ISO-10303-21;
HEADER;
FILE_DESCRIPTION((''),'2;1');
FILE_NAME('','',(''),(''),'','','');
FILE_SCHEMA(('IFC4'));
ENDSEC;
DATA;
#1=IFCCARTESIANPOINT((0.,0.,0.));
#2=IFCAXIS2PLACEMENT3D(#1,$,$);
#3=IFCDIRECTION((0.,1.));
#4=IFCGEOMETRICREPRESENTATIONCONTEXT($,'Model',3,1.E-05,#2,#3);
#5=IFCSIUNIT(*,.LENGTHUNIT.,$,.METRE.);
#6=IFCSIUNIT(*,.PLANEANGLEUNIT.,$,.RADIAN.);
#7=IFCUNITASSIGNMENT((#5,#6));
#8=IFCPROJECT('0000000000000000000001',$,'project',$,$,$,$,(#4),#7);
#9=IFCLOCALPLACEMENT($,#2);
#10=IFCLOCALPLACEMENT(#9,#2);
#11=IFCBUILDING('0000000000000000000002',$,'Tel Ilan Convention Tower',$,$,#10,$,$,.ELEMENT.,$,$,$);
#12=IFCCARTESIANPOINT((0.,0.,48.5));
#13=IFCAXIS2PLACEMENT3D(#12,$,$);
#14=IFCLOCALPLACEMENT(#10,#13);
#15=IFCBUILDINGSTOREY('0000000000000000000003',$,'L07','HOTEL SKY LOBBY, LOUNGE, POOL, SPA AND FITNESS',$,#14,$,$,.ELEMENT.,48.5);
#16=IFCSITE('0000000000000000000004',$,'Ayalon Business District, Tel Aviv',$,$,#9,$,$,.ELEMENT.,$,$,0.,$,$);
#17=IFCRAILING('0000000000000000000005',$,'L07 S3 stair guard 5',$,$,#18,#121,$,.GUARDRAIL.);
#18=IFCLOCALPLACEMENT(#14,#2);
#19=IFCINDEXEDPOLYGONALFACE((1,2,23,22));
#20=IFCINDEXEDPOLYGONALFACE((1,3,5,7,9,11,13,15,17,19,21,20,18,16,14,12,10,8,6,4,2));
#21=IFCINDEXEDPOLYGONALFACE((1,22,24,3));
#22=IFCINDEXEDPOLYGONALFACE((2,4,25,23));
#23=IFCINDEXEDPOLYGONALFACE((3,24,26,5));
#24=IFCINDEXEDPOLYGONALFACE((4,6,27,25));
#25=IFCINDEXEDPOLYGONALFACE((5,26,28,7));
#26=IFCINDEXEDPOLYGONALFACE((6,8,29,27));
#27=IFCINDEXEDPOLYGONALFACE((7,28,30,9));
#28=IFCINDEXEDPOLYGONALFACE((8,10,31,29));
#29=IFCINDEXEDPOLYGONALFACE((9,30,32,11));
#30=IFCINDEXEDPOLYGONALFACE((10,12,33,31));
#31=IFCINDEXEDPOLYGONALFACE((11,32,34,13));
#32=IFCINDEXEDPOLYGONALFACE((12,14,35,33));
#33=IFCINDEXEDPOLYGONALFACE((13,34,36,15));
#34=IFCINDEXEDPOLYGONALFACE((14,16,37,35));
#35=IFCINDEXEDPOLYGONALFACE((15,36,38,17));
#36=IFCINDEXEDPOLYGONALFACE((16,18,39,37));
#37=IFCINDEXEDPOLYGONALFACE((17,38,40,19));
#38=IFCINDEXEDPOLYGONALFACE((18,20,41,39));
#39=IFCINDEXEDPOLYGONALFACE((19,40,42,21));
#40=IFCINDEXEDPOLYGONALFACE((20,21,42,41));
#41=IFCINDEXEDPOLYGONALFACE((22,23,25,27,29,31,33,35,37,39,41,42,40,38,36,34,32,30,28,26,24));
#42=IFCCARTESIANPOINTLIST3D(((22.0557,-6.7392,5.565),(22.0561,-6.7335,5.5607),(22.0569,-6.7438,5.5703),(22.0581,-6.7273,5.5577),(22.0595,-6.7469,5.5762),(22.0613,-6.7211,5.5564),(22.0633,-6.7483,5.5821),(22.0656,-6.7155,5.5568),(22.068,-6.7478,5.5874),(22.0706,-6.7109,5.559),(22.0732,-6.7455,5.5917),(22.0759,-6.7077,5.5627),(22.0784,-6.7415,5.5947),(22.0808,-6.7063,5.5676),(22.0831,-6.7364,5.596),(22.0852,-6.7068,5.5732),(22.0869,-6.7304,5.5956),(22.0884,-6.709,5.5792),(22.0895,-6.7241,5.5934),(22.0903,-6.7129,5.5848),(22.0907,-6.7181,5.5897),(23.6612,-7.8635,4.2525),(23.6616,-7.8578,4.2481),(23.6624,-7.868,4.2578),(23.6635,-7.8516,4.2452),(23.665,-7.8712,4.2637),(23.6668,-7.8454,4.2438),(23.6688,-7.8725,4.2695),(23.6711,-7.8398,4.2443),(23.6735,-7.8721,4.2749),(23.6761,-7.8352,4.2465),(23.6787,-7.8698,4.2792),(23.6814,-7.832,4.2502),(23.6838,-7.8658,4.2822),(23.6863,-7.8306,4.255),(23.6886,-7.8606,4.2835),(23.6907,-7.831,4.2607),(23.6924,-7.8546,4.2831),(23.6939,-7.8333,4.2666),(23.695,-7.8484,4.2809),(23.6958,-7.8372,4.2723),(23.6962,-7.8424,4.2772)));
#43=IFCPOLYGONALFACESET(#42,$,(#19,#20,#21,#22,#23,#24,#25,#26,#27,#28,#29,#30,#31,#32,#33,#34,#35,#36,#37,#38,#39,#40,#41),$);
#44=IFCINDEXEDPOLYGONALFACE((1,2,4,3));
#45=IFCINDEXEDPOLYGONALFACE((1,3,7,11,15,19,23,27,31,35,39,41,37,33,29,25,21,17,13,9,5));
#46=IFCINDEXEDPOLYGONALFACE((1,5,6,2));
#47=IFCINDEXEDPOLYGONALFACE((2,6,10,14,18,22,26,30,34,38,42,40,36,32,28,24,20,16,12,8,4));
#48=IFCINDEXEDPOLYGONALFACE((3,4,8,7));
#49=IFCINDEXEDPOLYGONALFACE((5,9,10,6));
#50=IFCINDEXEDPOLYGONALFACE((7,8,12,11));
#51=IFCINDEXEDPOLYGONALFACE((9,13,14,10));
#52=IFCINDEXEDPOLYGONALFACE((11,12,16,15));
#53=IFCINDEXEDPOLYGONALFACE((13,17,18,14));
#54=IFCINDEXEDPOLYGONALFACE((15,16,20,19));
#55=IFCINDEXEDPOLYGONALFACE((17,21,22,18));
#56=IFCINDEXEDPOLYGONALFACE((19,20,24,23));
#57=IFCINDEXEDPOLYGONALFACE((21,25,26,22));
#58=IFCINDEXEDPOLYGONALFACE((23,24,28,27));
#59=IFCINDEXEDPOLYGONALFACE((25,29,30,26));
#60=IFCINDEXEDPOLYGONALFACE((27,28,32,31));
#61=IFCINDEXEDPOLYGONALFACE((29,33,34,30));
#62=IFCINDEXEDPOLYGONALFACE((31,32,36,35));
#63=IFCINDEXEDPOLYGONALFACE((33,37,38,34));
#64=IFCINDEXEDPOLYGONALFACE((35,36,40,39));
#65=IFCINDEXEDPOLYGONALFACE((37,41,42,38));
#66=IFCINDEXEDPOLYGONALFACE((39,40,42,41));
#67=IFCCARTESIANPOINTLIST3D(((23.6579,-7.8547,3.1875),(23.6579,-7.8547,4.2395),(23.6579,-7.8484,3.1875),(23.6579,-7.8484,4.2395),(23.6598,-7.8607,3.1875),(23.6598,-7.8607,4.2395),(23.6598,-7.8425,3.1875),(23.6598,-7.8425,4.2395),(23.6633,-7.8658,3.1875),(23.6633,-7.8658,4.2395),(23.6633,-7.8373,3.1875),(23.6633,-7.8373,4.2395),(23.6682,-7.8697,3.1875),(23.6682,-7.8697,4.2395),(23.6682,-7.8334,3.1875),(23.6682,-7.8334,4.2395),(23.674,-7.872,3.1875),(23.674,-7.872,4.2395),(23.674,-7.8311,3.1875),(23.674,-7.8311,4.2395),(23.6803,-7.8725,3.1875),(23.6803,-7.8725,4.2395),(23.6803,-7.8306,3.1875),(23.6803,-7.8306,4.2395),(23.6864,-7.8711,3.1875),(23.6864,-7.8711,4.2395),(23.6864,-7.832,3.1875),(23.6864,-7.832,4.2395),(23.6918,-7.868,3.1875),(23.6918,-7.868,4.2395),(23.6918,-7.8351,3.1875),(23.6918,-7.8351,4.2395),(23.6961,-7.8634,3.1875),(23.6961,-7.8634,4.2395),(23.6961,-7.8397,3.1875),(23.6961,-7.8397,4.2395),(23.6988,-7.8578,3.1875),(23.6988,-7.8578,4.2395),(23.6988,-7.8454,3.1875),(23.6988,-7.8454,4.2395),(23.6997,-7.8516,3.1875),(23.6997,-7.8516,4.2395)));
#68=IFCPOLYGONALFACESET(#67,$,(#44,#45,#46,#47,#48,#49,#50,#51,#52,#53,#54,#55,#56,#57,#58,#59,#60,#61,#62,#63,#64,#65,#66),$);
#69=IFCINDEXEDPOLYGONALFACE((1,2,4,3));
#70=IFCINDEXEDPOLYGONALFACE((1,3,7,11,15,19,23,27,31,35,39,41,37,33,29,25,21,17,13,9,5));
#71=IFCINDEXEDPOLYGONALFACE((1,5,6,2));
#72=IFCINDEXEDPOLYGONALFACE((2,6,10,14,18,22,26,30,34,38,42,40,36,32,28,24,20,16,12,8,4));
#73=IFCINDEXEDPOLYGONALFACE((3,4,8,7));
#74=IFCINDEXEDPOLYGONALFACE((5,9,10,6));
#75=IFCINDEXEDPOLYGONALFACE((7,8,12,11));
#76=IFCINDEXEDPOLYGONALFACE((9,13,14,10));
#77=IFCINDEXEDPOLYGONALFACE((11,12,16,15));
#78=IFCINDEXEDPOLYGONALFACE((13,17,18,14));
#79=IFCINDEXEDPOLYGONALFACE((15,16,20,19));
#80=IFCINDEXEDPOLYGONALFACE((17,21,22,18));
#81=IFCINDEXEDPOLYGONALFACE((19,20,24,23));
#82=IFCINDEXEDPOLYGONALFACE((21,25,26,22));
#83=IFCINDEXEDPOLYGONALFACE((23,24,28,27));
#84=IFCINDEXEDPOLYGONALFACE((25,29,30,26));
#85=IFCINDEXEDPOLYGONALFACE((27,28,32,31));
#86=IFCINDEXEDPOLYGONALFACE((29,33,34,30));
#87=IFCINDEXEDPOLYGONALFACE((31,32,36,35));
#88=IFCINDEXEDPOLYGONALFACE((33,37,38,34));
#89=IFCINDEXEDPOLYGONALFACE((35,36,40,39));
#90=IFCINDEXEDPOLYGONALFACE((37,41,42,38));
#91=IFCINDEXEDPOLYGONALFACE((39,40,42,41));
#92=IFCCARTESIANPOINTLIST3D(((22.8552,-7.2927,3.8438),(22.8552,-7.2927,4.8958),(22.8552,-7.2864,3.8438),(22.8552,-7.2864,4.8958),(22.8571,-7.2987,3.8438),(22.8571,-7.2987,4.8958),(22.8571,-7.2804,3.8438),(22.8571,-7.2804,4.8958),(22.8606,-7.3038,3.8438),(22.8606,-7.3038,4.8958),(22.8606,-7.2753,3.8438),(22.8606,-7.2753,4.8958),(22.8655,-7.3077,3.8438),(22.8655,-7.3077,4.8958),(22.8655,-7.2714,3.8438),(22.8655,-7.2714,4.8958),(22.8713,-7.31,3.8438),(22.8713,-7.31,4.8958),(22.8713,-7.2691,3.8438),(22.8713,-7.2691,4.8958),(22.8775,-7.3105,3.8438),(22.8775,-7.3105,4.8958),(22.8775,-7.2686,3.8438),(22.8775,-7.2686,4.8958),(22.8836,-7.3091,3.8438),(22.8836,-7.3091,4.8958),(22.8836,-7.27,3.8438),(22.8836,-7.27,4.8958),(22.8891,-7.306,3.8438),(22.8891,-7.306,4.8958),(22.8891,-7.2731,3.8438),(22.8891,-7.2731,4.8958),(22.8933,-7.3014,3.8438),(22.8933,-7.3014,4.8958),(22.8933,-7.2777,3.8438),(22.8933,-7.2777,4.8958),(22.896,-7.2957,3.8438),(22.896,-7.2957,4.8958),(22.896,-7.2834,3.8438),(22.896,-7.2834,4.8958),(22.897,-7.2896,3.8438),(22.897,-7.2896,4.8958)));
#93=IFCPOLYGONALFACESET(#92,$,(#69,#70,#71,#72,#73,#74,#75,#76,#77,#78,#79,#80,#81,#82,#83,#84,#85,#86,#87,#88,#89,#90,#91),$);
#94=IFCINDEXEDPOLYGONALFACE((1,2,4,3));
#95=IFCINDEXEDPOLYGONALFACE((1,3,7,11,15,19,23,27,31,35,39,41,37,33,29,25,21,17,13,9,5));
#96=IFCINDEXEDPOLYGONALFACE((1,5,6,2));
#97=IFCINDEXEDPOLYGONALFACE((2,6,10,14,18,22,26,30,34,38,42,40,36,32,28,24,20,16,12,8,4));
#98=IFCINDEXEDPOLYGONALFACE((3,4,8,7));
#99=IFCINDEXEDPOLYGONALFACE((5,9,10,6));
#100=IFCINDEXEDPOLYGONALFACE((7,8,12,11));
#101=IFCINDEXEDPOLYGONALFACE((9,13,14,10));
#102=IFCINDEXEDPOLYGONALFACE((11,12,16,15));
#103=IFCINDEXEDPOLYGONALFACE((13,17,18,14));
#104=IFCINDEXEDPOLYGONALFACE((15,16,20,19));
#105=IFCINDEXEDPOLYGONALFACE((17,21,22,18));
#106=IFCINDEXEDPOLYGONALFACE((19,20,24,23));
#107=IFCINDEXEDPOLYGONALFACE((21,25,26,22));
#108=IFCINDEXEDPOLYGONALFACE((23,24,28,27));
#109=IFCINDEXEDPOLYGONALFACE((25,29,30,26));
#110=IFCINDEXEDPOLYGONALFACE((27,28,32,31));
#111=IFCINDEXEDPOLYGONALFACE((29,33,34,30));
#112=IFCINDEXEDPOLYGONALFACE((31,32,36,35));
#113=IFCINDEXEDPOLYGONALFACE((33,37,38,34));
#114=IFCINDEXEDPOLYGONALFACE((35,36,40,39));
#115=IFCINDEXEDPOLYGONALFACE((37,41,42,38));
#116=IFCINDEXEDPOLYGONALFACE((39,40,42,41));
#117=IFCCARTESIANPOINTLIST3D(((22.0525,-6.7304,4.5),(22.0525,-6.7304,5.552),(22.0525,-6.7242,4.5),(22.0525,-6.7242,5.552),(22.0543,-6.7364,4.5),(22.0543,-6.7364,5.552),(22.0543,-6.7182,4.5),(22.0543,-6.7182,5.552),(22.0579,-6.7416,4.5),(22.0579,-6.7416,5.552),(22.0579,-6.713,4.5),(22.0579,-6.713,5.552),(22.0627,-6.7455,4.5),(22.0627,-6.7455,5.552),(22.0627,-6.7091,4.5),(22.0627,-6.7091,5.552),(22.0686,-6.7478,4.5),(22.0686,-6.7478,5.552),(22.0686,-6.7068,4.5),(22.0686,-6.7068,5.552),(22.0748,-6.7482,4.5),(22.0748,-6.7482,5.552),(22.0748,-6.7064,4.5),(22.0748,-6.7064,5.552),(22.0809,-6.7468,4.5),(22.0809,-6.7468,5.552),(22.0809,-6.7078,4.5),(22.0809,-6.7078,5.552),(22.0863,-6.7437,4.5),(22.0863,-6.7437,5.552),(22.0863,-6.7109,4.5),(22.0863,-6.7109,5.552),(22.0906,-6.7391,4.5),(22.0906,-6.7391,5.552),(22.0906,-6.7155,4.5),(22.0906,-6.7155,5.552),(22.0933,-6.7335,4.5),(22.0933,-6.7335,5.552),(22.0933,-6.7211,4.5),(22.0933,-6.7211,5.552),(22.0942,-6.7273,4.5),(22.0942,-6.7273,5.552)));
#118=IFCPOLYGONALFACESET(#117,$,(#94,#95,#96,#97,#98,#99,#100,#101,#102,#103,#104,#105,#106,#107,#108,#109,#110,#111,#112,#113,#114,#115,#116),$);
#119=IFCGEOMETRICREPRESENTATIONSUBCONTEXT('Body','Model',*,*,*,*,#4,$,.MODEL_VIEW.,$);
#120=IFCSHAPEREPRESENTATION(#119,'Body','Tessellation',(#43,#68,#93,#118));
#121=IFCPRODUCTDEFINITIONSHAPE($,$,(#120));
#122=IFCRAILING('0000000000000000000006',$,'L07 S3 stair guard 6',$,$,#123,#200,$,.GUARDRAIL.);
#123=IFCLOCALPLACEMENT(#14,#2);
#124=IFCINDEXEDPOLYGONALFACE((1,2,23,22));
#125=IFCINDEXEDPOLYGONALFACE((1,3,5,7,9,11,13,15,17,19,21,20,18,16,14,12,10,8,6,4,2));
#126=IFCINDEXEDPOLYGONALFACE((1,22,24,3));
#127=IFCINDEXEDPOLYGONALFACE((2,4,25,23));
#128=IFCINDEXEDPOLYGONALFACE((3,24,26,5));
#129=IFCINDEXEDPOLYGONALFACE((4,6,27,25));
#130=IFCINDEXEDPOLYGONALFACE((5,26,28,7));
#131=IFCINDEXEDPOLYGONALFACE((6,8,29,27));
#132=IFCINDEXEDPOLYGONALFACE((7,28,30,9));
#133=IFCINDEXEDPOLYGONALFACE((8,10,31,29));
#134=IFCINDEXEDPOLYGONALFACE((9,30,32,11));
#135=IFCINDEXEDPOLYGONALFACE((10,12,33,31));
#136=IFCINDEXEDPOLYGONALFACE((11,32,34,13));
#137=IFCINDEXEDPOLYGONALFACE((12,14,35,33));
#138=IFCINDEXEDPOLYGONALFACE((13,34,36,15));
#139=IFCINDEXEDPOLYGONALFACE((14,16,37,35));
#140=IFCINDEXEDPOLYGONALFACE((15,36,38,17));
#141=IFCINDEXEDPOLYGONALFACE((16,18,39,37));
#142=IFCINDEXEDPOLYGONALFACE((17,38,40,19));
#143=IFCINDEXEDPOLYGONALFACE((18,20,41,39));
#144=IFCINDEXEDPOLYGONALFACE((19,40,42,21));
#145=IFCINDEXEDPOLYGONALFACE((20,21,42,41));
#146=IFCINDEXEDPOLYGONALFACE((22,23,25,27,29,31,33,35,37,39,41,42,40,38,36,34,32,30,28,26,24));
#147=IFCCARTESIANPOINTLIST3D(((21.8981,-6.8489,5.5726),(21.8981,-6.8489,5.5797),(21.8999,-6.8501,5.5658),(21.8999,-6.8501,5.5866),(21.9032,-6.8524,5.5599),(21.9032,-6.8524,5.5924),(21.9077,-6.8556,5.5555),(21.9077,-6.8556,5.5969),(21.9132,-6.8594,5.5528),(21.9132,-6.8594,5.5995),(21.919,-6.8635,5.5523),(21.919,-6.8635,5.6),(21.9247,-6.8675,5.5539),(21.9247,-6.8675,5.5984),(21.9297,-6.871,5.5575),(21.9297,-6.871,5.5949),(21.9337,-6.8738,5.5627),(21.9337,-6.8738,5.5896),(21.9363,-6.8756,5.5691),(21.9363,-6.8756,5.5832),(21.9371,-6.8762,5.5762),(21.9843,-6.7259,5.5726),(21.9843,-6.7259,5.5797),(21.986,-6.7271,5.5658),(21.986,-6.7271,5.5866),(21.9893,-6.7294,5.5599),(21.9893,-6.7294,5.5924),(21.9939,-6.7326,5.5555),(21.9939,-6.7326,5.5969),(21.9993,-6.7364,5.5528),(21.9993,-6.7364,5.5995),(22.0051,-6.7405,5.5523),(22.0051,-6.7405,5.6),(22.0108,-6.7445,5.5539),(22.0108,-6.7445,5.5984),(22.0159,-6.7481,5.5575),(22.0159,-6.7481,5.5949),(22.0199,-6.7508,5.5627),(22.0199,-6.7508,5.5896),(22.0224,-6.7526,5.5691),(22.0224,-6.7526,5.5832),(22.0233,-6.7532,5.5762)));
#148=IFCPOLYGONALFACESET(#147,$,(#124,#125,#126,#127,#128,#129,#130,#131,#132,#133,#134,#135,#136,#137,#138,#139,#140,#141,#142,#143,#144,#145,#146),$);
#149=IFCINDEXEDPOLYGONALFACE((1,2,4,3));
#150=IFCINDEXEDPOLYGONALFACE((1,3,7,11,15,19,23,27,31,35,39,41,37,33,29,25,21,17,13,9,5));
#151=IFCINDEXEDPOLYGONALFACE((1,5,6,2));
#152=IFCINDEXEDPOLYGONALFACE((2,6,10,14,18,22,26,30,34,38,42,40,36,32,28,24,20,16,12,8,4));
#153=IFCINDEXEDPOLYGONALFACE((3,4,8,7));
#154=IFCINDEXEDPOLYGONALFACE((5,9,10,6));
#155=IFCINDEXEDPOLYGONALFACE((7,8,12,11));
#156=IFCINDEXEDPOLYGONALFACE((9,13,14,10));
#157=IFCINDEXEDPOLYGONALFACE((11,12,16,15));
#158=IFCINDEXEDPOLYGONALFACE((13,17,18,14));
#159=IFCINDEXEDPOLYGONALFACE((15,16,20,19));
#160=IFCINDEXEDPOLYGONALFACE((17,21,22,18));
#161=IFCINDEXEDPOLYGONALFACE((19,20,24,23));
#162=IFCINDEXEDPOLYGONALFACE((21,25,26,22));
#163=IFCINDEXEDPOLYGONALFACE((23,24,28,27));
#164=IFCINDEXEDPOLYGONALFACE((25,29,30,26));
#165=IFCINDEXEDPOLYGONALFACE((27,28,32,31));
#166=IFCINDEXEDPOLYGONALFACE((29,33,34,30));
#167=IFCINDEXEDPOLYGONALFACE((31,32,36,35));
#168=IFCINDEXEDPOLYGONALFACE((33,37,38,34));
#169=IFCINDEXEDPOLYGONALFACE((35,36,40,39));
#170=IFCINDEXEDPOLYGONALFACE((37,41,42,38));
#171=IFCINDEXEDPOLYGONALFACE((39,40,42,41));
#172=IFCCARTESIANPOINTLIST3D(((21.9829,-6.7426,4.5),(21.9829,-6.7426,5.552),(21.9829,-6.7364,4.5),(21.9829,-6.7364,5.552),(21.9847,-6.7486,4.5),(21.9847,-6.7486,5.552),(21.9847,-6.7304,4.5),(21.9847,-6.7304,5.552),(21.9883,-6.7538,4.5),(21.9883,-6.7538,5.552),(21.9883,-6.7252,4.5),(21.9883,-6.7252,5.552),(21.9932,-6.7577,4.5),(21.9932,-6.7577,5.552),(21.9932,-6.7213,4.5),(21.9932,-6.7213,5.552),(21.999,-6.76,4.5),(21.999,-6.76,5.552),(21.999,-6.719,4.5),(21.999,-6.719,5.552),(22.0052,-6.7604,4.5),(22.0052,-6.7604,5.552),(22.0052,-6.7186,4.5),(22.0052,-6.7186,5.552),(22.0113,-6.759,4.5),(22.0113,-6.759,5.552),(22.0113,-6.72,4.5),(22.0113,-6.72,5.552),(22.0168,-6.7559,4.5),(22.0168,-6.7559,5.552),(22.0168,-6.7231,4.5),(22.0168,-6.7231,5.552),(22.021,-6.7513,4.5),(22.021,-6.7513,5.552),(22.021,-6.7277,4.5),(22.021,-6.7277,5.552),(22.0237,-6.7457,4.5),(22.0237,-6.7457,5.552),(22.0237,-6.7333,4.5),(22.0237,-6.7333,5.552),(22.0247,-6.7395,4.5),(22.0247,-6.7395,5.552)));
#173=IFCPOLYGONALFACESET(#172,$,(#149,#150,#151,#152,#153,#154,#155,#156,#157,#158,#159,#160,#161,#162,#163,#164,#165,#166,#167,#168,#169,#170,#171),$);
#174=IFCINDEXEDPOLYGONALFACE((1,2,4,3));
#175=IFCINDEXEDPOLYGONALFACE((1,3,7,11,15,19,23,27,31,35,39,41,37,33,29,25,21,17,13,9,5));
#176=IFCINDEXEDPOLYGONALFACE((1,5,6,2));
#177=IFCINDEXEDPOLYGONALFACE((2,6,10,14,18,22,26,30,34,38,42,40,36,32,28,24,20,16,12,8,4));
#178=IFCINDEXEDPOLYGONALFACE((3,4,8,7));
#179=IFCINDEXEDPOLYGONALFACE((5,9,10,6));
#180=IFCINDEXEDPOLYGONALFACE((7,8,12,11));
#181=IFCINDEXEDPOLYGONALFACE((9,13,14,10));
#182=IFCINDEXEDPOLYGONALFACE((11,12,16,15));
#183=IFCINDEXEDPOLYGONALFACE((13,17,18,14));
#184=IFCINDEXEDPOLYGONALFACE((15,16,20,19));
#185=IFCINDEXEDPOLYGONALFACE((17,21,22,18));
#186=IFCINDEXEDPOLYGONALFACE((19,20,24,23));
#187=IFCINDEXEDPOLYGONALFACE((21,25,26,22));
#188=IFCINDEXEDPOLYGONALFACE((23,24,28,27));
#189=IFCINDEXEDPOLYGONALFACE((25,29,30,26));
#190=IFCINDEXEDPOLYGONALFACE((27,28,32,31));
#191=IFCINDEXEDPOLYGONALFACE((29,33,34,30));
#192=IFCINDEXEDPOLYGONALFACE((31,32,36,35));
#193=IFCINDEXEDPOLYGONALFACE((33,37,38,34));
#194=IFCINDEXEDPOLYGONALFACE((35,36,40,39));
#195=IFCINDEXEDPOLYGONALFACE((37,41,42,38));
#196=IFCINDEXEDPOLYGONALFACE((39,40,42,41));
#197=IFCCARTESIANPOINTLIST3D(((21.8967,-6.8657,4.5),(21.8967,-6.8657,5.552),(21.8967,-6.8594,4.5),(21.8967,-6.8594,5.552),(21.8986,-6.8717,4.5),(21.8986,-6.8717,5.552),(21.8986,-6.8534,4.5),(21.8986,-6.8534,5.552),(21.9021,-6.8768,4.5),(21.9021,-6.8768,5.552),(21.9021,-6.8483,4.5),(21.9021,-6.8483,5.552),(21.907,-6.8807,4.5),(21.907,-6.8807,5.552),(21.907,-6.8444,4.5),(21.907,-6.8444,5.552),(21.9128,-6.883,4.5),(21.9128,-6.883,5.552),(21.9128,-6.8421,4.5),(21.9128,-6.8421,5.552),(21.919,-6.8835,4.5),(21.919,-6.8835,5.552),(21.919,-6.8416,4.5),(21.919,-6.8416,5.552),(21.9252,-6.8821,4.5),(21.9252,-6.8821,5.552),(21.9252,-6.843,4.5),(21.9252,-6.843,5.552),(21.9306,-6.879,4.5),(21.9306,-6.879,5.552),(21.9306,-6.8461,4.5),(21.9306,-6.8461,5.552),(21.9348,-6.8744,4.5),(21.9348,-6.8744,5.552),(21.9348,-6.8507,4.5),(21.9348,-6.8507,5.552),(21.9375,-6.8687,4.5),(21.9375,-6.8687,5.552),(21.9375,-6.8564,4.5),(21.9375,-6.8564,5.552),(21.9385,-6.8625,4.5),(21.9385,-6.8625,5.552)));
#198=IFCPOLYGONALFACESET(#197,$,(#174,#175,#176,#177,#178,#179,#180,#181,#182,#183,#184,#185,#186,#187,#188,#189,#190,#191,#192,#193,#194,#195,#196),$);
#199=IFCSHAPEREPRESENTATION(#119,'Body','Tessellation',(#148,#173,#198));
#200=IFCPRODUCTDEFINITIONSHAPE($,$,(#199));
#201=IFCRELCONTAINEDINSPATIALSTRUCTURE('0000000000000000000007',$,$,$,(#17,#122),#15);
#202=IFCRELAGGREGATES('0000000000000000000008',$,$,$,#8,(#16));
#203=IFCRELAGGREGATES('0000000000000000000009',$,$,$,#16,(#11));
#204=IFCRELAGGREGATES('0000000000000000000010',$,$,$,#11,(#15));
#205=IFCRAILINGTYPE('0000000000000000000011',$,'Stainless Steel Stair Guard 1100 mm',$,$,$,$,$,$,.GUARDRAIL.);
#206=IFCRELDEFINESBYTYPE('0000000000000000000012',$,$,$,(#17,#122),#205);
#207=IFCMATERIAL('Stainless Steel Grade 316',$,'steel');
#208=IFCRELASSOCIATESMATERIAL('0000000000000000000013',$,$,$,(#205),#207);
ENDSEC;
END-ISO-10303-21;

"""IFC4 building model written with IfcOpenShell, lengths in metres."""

from ifc_helpers import new_model, si_unit, direction, frame, origin, origin_2d, place, context, subcontext, project, spatial, circle, extrude, material, type_object, element, save


model = new_model("IFC4")

# Units and contexts
model_context = context("Model", 3, precision=1e-05, world=origin(), true_north=direction((0.0, 1.0)))
body_context = subcontext(model_context, "Body", "Model", "MODEL_VIEW")
ifc_project = project(units=[si_unit("LENGTHUNIT", "METRE"), si_unit("PLANEANGLEUNIT", "RADIAN")], contexts=[model_context])

# Site, building, storey
site_placement = place(None, origin())
site = spatial("IfcSite", under=ifc_project, at=site_placement, Name="Ayalon Business District, Tel Aviv", CompositionType="ELEMENT", RefElevation=0.0)
building_placement = place(site_placement, origin())
building = spatial("IfcBuilding", under=site, at=building_placement, Name="Tel Ilan Convention Tower", CompositionType="ELEMENT")
storey_placement = place(building_placement, frame((0.0, 0.0, 48.5)))
storey = spatial("IfcBuildingStorey", under=building, at=storey_placement, Name="L07", Description="HOTEL SKY LOBBY, LOUNGE, POOL, SPA AND FITNESS", CompositionType="ELEMENT", Elevation=48.5)

# Railings
ifc_material_1 = material(Name="Stainless Steel Grade 316", Category="steel")
railing_type_1 = type_object("IfcRailingType", Name="Stainless Steel Stair Guard 1100 mm", PredefinedType="GUARDRAIL", material=ifc_material_1)
railing_1_placement = place(storey_placement, frame((23.6787, -7.8516, 3.1875)))
element("IfcRailing", 1, at=railing_1_placement, inside=storey, type_object=railing_type_1, Name="L07 S3 stair guard 5", PredefinedType="GUARDRAIL", context=body_context, shape_type="SweptSolid", body=[
    extrude(circle(Radius=0.0239, at=origin_2d()), frame((0.0, 0.0, 1.0762), z_axis=(-0.680616, 0.476617, 0.556416), x_axis=(-0.573613, -0.819127, 0.0)), (0.0, 0.0, 1.0), 2.3589),
    extrude(circle(Radius=0.021, at=origin_2d()), origin(), (0.0, 0.0, 1.0), 1.052),
    extrude(circle(Radius=0.021, at=origin_2d()), frame((-0.8027, 0.562, 0.6562)), (0.0, 0.0, 1.0), 1.052),
    extrude(circle(Radius=0.021, at=origin_2d()), frame((-1.6055, 1.1243, 1.3125)), (0.0, 0.0, 1.0), 1.052),
])
railing_2_placement = place(storey_placement, frame((22.0037, -6.7395, 4.5)))
element("IfcRailing", 2, at=railing_2_placement, inside=storey, type_object=railing_type_1, Name="L07 S3 stair guard 6", PredefinedType="GUARDRAIL", context=body_context, shape_type="SweptSolid", body=[
    extrude(circle(Radius=0.0239, at=origin_2d()), frame((0.0, 0.0, 1.0762), z_axis=(-0.57368, -0.819079, 0.0), x_axis=(0.819079, -0.57368, 0.0)), (0.0, 0.0, 1.0), 0.1501),
    extrude(circle(Radius=0.021, at=origin_2d()), origin(), (0.0, 0.0, 1.0), 1.052),
    extrude(circle(Radius=0.021, at=origin_2d()), frame((-0.0862, -0.123, 0.0)), (0.0, 0.0, 1.0), 1.052),
])

save(model, "model.ifc")
